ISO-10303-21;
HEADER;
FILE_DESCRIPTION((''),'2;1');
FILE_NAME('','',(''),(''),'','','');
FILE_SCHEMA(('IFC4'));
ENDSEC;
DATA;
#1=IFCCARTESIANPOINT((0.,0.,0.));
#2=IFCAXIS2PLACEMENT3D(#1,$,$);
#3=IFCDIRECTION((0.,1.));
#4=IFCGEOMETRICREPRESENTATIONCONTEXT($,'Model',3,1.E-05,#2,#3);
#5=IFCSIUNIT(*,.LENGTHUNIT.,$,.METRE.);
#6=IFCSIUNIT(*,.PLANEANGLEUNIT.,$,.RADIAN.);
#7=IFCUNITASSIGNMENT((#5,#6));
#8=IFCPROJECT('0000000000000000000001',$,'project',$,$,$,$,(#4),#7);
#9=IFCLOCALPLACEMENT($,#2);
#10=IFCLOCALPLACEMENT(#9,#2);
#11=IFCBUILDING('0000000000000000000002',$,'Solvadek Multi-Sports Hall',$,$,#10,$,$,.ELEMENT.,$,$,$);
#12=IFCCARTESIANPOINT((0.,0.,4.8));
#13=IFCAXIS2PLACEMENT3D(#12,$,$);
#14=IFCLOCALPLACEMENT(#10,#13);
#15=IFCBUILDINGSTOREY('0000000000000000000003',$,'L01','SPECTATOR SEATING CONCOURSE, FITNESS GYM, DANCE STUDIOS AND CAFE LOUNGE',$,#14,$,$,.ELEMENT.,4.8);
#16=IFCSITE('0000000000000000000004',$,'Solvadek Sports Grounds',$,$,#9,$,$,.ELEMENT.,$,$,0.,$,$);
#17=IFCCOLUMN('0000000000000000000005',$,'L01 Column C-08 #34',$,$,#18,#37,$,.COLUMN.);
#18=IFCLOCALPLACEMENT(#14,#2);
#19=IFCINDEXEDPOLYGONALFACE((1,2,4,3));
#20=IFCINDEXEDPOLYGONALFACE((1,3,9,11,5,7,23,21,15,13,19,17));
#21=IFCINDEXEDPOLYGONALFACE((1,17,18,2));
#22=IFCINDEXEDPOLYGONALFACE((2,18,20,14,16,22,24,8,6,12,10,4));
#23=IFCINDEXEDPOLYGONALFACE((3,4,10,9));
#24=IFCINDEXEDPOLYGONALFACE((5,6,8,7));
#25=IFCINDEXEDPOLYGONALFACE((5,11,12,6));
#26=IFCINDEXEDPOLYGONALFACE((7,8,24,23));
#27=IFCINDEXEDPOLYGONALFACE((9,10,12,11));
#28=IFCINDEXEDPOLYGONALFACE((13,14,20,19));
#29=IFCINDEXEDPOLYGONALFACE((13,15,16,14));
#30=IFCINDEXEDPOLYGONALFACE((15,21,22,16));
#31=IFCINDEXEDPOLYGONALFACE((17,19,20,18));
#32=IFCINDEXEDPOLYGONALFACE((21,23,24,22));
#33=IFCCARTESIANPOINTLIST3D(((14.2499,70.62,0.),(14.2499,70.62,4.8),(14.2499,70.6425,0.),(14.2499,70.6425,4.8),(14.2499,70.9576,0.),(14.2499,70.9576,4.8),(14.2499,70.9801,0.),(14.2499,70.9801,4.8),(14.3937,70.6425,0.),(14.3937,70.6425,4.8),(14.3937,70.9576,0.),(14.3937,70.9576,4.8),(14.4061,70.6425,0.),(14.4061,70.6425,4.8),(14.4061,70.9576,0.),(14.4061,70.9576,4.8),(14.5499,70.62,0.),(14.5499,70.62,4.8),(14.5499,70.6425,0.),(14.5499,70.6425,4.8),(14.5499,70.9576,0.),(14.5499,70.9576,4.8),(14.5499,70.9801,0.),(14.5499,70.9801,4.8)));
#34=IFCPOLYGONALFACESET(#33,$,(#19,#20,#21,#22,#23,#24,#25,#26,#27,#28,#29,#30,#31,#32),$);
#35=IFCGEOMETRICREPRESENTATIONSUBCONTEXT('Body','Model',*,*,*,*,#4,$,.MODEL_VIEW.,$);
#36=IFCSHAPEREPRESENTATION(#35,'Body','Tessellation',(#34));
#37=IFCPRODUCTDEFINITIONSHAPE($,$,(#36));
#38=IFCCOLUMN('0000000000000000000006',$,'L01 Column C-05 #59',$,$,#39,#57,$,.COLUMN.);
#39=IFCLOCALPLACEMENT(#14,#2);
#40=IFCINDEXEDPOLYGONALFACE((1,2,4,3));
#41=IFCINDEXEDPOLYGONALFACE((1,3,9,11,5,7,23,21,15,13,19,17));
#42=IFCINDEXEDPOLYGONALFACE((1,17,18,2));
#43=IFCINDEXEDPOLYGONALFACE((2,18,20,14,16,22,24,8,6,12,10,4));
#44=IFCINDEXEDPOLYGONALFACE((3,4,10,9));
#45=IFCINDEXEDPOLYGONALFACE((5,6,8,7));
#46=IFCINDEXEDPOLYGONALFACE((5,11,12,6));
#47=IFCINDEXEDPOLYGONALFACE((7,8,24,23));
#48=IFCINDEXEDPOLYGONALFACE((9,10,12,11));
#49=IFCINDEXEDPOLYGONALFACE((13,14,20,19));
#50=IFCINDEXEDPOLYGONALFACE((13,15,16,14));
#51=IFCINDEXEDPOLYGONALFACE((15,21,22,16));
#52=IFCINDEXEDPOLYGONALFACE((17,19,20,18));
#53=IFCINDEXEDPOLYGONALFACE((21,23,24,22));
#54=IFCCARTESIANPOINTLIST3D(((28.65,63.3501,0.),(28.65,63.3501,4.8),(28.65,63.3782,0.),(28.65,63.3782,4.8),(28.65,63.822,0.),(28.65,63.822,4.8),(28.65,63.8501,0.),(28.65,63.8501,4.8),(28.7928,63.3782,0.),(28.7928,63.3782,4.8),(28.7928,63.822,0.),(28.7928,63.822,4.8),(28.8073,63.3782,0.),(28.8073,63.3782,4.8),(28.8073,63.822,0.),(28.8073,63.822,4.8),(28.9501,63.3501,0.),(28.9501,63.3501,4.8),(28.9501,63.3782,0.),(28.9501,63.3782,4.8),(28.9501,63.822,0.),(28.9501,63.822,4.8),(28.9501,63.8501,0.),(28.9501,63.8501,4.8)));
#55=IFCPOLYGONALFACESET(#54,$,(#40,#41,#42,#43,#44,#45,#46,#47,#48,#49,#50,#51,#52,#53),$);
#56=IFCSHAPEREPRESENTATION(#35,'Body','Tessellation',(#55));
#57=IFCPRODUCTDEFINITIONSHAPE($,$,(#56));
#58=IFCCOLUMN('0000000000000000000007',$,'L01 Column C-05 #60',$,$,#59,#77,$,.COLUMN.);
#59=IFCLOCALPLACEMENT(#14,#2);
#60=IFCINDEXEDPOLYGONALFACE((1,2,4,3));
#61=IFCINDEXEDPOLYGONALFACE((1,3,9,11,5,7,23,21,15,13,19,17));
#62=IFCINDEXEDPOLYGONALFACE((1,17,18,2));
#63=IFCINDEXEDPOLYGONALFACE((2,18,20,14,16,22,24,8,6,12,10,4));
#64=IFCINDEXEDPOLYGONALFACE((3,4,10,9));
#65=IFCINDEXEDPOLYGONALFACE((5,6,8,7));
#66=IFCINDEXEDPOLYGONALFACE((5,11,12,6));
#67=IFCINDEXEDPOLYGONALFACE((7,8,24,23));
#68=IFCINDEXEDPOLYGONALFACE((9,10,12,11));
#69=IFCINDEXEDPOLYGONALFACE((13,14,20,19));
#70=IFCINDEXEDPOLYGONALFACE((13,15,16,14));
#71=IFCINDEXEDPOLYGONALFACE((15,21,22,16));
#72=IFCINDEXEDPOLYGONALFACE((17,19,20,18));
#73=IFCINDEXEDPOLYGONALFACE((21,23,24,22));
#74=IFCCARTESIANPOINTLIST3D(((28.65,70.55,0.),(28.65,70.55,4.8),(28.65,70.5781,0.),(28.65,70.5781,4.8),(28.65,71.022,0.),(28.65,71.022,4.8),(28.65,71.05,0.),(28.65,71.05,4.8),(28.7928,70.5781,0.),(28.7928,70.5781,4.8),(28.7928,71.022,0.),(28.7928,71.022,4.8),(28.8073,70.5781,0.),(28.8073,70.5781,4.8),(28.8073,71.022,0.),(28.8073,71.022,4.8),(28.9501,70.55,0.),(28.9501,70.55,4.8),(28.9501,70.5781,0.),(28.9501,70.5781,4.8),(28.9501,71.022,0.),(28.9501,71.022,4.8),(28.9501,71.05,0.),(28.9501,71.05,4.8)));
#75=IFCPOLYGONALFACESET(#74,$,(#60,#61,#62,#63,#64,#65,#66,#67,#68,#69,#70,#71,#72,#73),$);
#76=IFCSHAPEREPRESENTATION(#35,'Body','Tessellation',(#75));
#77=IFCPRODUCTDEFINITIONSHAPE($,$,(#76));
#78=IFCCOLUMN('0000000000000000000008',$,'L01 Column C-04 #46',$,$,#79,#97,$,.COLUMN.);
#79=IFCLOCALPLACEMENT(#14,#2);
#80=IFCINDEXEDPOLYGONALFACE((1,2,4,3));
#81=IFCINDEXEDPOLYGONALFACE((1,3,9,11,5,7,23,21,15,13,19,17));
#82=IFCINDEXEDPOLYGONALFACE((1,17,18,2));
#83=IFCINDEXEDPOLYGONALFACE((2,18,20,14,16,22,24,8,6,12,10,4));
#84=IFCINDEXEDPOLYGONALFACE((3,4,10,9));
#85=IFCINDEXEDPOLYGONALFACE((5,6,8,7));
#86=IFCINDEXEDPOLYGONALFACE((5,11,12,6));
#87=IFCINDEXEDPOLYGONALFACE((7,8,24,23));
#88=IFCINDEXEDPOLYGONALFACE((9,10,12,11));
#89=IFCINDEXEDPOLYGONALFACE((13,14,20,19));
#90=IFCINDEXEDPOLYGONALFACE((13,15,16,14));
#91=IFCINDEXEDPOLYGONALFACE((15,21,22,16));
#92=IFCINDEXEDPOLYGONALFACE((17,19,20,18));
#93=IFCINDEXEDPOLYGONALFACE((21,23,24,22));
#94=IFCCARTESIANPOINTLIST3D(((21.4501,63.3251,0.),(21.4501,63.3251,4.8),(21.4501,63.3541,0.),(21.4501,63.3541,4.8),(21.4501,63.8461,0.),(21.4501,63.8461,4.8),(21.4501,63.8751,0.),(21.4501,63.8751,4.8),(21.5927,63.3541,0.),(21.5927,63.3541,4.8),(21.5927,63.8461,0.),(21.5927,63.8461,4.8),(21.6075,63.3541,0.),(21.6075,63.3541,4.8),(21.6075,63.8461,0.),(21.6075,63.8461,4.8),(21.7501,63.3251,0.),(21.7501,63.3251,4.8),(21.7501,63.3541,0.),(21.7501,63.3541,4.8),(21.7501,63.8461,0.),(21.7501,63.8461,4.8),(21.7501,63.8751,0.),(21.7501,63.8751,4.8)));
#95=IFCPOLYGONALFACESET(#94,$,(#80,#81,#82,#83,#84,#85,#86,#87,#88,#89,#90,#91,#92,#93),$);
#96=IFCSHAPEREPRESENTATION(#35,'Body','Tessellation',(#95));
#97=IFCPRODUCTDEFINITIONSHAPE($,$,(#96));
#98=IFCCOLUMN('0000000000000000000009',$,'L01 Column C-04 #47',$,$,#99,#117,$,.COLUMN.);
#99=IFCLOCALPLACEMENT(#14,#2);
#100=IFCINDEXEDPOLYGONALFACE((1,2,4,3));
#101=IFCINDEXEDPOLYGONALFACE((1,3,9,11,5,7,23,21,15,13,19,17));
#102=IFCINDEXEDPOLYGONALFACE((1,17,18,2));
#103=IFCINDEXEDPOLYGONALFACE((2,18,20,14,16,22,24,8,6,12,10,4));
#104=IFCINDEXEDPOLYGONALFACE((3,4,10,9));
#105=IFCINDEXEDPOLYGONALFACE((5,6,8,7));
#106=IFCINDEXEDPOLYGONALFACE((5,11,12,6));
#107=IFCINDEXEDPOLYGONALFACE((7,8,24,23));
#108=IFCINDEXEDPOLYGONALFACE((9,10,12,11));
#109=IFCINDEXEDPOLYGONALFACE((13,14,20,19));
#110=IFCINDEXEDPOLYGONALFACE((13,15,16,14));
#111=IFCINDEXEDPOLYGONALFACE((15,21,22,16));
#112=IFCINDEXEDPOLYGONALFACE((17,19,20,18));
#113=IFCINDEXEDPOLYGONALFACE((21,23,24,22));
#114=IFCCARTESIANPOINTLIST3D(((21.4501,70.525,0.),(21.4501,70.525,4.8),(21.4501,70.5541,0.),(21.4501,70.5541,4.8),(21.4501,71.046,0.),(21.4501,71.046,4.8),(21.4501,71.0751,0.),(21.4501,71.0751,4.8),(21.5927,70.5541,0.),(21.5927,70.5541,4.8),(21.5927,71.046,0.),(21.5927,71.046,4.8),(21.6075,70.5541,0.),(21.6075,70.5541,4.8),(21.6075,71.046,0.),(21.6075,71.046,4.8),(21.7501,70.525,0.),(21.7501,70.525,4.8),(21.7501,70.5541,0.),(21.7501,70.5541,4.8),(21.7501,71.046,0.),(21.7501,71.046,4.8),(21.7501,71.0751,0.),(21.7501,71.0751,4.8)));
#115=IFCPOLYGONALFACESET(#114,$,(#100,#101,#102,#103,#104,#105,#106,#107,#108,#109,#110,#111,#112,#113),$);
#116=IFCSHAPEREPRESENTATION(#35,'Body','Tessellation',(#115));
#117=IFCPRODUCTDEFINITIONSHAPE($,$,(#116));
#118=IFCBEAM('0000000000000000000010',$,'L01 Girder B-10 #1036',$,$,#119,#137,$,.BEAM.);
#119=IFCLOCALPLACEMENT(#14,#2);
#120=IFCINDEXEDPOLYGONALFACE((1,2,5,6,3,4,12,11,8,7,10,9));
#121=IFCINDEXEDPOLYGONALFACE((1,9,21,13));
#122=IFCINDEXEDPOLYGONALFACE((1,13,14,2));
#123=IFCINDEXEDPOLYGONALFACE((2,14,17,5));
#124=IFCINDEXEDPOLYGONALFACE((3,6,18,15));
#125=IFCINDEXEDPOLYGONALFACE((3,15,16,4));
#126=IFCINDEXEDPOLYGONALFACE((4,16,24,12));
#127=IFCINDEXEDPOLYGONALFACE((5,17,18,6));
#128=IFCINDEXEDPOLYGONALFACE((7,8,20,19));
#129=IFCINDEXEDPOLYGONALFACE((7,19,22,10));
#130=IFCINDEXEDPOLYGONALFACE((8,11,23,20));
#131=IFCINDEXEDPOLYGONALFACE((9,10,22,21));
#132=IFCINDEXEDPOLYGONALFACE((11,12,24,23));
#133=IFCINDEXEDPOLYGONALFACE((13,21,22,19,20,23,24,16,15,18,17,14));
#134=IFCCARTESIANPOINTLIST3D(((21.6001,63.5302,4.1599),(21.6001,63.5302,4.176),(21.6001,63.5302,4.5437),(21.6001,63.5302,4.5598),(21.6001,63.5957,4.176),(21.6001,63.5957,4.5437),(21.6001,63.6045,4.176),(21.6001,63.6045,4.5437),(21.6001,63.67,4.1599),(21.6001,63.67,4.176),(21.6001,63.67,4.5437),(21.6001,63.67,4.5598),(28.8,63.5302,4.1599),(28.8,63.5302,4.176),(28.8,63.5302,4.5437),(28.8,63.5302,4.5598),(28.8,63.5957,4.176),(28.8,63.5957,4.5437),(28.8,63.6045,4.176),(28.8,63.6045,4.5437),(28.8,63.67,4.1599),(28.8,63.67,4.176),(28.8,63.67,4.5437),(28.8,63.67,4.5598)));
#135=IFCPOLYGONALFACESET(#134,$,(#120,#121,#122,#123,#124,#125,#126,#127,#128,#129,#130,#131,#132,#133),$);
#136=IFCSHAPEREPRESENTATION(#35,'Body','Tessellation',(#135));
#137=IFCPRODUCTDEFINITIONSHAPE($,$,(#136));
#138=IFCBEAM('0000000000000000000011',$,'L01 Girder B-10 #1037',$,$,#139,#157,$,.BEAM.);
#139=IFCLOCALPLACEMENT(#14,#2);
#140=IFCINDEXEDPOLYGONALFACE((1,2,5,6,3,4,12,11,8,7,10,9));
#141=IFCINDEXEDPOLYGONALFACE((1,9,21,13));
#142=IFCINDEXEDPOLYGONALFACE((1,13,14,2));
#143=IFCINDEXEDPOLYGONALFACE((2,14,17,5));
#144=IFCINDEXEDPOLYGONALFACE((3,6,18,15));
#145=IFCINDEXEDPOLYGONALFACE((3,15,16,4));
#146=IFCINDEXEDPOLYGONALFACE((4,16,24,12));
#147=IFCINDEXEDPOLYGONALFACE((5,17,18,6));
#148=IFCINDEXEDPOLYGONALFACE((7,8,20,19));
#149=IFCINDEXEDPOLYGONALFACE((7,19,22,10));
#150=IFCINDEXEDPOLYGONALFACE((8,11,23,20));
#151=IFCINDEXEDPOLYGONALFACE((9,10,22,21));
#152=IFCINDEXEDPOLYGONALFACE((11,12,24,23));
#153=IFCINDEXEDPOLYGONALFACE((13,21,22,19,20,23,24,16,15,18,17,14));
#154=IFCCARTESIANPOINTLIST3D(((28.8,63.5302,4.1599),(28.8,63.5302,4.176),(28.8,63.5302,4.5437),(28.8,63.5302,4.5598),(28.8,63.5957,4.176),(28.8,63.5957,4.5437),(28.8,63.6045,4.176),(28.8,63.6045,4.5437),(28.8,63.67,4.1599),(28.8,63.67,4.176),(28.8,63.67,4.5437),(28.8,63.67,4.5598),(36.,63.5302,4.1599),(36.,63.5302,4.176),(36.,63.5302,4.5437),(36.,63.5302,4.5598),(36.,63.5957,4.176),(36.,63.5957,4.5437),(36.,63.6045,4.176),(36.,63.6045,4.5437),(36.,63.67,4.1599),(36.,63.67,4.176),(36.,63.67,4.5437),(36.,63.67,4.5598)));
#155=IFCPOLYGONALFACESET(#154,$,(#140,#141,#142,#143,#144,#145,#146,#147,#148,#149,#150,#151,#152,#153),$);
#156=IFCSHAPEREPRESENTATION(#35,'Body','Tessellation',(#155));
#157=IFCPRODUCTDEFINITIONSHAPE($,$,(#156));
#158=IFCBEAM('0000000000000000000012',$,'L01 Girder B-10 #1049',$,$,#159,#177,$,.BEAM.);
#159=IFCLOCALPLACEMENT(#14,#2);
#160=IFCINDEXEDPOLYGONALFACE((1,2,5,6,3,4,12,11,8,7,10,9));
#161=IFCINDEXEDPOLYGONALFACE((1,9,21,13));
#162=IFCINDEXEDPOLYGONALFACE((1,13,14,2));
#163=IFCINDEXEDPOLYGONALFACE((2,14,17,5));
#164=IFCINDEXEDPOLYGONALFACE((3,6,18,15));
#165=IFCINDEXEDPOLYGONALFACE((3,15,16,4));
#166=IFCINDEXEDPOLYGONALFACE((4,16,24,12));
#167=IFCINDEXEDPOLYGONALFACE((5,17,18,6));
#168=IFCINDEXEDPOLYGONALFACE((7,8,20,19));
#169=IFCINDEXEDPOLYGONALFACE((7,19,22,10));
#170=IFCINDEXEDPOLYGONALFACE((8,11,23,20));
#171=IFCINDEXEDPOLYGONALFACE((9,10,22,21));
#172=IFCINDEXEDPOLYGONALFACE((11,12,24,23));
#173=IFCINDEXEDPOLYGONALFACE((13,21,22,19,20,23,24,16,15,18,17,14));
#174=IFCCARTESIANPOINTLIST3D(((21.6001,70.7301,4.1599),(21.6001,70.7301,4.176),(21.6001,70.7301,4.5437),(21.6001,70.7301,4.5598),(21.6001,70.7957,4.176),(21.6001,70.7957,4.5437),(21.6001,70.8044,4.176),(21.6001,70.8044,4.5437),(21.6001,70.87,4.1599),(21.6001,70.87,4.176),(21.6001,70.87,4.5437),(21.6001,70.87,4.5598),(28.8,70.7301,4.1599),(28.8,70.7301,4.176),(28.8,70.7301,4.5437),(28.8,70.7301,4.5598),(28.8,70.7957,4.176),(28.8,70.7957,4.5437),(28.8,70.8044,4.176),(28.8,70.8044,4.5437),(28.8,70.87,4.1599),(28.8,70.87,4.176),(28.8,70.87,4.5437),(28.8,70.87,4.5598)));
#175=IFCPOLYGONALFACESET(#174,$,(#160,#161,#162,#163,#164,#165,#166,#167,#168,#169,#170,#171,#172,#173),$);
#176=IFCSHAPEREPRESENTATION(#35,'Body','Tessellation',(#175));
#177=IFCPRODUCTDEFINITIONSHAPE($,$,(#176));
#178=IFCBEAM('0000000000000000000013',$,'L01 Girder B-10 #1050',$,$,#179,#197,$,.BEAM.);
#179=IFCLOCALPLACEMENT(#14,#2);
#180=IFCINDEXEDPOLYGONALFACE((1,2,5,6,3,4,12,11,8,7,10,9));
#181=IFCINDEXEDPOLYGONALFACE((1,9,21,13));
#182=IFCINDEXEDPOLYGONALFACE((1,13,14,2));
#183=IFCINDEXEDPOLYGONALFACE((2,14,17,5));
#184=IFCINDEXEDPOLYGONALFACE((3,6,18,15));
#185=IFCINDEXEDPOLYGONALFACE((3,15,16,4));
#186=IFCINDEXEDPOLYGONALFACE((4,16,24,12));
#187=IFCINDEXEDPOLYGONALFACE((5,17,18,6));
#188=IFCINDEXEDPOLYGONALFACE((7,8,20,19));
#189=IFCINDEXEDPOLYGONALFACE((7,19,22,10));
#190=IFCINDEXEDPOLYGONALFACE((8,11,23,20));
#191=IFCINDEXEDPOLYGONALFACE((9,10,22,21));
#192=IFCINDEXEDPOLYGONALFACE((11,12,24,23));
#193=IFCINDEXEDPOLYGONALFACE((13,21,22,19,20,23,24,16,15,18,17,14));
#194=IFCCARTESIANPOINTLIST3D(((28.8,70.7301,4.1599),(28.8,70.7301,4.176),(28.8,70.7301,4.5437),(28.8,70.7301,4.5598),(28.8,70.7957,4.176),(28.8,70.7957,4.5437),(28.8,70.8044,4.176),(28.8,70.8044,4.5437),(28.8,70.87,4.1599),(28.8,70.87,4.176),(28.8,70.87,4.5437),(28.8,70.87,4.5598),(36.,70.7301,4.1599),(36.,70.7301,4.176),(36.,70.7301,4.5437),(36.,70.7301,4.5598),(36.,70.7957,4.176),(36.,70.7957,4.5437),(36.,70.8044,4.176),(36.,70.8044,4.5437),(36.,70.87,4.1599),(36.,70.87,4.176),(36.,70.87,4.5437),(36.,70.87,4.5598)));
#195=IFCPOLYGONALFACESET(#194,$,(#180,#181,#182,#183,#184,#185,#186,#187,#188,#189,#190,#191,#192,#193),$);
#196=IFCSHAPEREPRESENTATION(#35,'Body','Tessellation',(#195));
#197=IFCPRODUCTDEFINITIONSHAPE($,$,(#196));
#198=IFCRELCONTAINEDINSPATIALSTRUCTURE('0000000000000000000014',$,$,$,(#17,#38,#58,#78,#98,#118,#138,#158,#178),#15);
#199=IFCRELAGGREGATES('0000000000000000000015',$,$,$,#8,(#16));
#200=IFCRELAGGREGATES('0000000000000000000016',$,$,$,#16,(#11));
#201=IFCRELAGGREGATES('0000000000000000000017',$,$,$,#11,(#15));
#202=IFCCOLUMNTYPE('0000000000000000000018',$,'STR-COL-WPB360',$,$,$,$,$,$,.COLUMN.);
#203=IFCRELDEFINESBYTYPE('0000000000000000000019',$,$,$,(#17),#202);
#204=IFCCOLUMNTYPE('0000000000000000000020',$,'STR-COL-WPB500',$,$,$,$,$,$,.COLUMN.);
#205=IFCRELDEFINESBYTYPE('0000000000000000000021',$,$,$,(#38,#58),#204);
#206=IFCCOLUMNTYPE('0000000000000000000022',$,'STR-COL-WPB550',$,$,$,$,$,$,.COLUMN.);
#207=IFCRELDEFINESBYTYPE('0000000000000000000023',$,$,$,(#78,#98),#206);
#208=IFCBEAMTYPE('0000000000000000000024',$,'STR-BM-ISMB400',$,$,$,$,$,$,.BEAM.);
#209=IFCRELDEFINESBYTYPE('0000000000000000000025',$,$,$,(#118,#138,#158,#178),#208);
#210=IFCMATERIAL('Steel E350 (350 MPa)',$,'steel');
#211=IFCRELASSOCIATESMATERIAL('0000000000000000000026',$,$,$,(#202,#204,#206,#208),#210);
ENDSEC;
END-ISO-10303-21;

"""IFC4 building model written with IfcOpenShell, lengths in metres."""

from ifc_helpers import new_model, si_unit, direction, frame, origin, origin_2d, place, context, subcontext, project, spatial, i_section, extrude, material, material_profile, profile_set, type_object, element, save


model = new_model("IFC4")

# Units and contexts
model_context = context("Model", 3, precision=1e-05, world=origin(), true_north=direction((0.0, 1.0)))
body_context = subcontext(model_context, "Body", "Model", "MODEL_VIEW")
ifc_project = project(units=[si_unit("LENGTHUNIT", "METRE"), si_unit("PLANEANGLEUNIT", "RADIAN")], contexts=[model_context])

# Site, building, storey
site_placement = place(None, origin())
site = spatial("IfcSite", under=ifc_project, at=site_placement, Name="Solvadek Sports Grounds", CompositionType="ELEMENT", RefElevation=0.0)
building_placement = place(site_placement, origin())
building = spatial("IfcBuilding", under=site, at=building_placement, Name="Solvadek Multi-Sports Hall", CompositionType="ELEMENT")
storey_placement = place(building_placement, frame((0.0, 0.0, 4.8)))
storey = spatial("IfcBuildingStorey", under=building, at=storey_placement, Name="L01", Description="SPECTATOR SEATING CONCOURSE, FITNESS GYM, DANCE STUDIOS AND CAFE LOUNGE", CompositionType="ELEMENT", Elevation=4.8)

# Columns
ifc_material_1 = material(Name="Steel E350 (350 MPa)", Category="steel")
ifc_material_profile_1 = material_profile(ifc_material_1, i_section(OverallWidth=0.3, OverallDepth=0.3601, WebThickness=0.0125, FlangeThickness=0.0225, at=origin_2d()), Name="WPB 360")
ifc_profile_set_1 = profile_set([ifc_material_profile_1], Name="Steel E350 (350 MPa)")
column_type_1 = type_object("IfcColumnType", Name="STR-COL-WPB360", PredefinedType="COLUMN", material=ifc_profile_set_1)
column_placement = place(storey_placement, frame((14.3999, 70.8, 0.0), z_axis=(0.0, 0.0, 1.0), x_axis=(1.0, 0.0, 0.0)))
element("IfcColumn", 1, at=column_placement, inside=storey, type_object=column_type_1, Name="L01 Column C-08 #34", PredefinedType="COLUMN", context=body_context, shape_type="SweptSolid", body=[
    extrude(i_section(OverallWidth=0.3, OverallDepth=0.3601, WebThickness=0.0125, FlangeThickness=0.0225, at=origin_2d()), origin(), (0.0, 0.0, 1.0), 4.8),
])
ifc_material_profile_2 = material_profile(ifc_material_1, i_section(OverallWidth=0.3, OverallDepth=0.5, WebThickness=0.0144, FlangeThickness=0.0281, at=origin_2d()), Name="WPB 500")
ifc_profile_set_2 = profile_set([ifc_material_profile_2], Name="Steel E350 (350 MPa)")
column_type_2 = type_object("IfcColumnType", Name="STR-COL-WPB500", PredefinedType="COLUMN", material=ifc_profile_set_2)
for number, where, z_axis, x_axis, name in (
    (2, (28.8, 63.6001, 0.0), (0.0, 0.0, 1.0), (1.0, 0.0, 0.0), "L01 Column C-05 #59"),
    (3, (28.8, 70.8, 0.0), (0.0, 0.0, 1.0), (1.0, 0.0, 0.0), "L01 Column C-05 #60"),
):
    element("IfcColumn", number, at=place(storey_placement, frame(where, z_axis=z_axis, x_axis=x_axis)), inside=storey, type_object=column_type_2, Name=name, PredefinedType="COLUMN", context=body_context, shape_type="SweptSolid", body=[
        extrude(i_section(OverallWidth=0.3, OverallDepth=0.5, WebThickness=0.0144, FlangeThickness=0.0281, at=origin_2d()), origin(), (0.0, 0.0, 1.0), 4.8),
    ])
ifc_material_profile_3 = material_profile(ifc_material_1, i_section(OverallWidth=0.3, OverallDepth=0.55, WebThickness=0.0149, FlangeThickness=0.0291, at=origin_2d()), Name="WPB 550")
ifc_profile_set_3 = profile_set([ifc_material_profile_3], Name="Steel E350 (350 MPa)")
column_type_3 = type_object("IfcColumnType", Name="STR-COL-WPB550", PredefinedType="COLUMN", material=ifc_profile_set_3)
for number, where, z_axis, x_axis, name in (
    (4, (21.6001, 63.6001, 0.0), (0.0, 0.0, 1.0), (1.0, 0.0, 0.0), "L01 Column C-04 #46"),
    (5, (21.6001, 70.8, 0.0), (0.0, 0.0, 1.0), (1.0, 0.0, 0.0), "L01 Column C-04 #47"),
):
    element("IfcColumn", number, at=place(storey_placement, frame(where, z_axis=z_axis, x_axis=x_axis)), inside=storey, type_object=column_type_3, Name=name, PredefinedType="COLUMN", context=body_context, shape_type="SweptSolid", body=[
        extrude(i_section(OverallWidth=0.3, OverallDepth=0.55, WebThickness=0.0149, FlangeThickness=0.0291, at=origin_2d()), origin(), (0.0, 0.0, 1.0), 4.8),
    ])

# Beams
ifc_material_profile_4 = material_profile(ifc_material_1, i_section(OverallWidth=0.1399, OverallDepth=0.3999, WebThickness=0.0088, FlangeThickness=0.0161, at=origin_2d()), Name="ISMB 400")
ifc_profile_set_4 = profile_set([ifc_material_profile_4], Name="Steel E350 (350 MPa)")
beam_type_1 = type_object("IfcBeamType", Name="STR-BM-ISMB400", PredefinedType="BEAM", material=ifc_profile_set_4)
for number, where, z_axis, x_axis, name in (
    (6, (21.6001, 63.6001, 4.3599), (1.0, 0.0, 0.0), (0.0, 1.0, 0.0), "L01 Girder B-10 #1036"),
    (7, (28.8, 63.6001, 4.3599), (1.0, 0.0, 0.0), (0.0, 1.0, 0.0), "L01 Girder B-10 #1037"),
    (8, (21.6001, 70.8, 4.3599), (1.0, 0.0, 0.0), (0.0, 1.0, 0.0), "L01 Girder B-10 #1049"),
    (9, (28.8, 70.8, 4.3599), (1.0, 0.0, 0.0), (0.0, 1.0, 0.0), "L01 Girder B-10 #1050"),
):
    element("IfcBeam", number, at=place(storey_placement, frame(where, z_axis=z_axis, x_axis=x_axis)), inside=storey, type_object=beam_type_1, Name=name, PredefinedType="BEAM", context=body_context, shape_type="SweptSolid", body=[
        extrude(i_section(OverallWidth=0.1399, OverallDepth=0.3999, WebThickness=0.0088, FlangeThickness=0.0161, at=origin_2d()), origin(), (0.0, 0.0, 1.0), 7.2),
    ])

save(model, "model.ifc")
